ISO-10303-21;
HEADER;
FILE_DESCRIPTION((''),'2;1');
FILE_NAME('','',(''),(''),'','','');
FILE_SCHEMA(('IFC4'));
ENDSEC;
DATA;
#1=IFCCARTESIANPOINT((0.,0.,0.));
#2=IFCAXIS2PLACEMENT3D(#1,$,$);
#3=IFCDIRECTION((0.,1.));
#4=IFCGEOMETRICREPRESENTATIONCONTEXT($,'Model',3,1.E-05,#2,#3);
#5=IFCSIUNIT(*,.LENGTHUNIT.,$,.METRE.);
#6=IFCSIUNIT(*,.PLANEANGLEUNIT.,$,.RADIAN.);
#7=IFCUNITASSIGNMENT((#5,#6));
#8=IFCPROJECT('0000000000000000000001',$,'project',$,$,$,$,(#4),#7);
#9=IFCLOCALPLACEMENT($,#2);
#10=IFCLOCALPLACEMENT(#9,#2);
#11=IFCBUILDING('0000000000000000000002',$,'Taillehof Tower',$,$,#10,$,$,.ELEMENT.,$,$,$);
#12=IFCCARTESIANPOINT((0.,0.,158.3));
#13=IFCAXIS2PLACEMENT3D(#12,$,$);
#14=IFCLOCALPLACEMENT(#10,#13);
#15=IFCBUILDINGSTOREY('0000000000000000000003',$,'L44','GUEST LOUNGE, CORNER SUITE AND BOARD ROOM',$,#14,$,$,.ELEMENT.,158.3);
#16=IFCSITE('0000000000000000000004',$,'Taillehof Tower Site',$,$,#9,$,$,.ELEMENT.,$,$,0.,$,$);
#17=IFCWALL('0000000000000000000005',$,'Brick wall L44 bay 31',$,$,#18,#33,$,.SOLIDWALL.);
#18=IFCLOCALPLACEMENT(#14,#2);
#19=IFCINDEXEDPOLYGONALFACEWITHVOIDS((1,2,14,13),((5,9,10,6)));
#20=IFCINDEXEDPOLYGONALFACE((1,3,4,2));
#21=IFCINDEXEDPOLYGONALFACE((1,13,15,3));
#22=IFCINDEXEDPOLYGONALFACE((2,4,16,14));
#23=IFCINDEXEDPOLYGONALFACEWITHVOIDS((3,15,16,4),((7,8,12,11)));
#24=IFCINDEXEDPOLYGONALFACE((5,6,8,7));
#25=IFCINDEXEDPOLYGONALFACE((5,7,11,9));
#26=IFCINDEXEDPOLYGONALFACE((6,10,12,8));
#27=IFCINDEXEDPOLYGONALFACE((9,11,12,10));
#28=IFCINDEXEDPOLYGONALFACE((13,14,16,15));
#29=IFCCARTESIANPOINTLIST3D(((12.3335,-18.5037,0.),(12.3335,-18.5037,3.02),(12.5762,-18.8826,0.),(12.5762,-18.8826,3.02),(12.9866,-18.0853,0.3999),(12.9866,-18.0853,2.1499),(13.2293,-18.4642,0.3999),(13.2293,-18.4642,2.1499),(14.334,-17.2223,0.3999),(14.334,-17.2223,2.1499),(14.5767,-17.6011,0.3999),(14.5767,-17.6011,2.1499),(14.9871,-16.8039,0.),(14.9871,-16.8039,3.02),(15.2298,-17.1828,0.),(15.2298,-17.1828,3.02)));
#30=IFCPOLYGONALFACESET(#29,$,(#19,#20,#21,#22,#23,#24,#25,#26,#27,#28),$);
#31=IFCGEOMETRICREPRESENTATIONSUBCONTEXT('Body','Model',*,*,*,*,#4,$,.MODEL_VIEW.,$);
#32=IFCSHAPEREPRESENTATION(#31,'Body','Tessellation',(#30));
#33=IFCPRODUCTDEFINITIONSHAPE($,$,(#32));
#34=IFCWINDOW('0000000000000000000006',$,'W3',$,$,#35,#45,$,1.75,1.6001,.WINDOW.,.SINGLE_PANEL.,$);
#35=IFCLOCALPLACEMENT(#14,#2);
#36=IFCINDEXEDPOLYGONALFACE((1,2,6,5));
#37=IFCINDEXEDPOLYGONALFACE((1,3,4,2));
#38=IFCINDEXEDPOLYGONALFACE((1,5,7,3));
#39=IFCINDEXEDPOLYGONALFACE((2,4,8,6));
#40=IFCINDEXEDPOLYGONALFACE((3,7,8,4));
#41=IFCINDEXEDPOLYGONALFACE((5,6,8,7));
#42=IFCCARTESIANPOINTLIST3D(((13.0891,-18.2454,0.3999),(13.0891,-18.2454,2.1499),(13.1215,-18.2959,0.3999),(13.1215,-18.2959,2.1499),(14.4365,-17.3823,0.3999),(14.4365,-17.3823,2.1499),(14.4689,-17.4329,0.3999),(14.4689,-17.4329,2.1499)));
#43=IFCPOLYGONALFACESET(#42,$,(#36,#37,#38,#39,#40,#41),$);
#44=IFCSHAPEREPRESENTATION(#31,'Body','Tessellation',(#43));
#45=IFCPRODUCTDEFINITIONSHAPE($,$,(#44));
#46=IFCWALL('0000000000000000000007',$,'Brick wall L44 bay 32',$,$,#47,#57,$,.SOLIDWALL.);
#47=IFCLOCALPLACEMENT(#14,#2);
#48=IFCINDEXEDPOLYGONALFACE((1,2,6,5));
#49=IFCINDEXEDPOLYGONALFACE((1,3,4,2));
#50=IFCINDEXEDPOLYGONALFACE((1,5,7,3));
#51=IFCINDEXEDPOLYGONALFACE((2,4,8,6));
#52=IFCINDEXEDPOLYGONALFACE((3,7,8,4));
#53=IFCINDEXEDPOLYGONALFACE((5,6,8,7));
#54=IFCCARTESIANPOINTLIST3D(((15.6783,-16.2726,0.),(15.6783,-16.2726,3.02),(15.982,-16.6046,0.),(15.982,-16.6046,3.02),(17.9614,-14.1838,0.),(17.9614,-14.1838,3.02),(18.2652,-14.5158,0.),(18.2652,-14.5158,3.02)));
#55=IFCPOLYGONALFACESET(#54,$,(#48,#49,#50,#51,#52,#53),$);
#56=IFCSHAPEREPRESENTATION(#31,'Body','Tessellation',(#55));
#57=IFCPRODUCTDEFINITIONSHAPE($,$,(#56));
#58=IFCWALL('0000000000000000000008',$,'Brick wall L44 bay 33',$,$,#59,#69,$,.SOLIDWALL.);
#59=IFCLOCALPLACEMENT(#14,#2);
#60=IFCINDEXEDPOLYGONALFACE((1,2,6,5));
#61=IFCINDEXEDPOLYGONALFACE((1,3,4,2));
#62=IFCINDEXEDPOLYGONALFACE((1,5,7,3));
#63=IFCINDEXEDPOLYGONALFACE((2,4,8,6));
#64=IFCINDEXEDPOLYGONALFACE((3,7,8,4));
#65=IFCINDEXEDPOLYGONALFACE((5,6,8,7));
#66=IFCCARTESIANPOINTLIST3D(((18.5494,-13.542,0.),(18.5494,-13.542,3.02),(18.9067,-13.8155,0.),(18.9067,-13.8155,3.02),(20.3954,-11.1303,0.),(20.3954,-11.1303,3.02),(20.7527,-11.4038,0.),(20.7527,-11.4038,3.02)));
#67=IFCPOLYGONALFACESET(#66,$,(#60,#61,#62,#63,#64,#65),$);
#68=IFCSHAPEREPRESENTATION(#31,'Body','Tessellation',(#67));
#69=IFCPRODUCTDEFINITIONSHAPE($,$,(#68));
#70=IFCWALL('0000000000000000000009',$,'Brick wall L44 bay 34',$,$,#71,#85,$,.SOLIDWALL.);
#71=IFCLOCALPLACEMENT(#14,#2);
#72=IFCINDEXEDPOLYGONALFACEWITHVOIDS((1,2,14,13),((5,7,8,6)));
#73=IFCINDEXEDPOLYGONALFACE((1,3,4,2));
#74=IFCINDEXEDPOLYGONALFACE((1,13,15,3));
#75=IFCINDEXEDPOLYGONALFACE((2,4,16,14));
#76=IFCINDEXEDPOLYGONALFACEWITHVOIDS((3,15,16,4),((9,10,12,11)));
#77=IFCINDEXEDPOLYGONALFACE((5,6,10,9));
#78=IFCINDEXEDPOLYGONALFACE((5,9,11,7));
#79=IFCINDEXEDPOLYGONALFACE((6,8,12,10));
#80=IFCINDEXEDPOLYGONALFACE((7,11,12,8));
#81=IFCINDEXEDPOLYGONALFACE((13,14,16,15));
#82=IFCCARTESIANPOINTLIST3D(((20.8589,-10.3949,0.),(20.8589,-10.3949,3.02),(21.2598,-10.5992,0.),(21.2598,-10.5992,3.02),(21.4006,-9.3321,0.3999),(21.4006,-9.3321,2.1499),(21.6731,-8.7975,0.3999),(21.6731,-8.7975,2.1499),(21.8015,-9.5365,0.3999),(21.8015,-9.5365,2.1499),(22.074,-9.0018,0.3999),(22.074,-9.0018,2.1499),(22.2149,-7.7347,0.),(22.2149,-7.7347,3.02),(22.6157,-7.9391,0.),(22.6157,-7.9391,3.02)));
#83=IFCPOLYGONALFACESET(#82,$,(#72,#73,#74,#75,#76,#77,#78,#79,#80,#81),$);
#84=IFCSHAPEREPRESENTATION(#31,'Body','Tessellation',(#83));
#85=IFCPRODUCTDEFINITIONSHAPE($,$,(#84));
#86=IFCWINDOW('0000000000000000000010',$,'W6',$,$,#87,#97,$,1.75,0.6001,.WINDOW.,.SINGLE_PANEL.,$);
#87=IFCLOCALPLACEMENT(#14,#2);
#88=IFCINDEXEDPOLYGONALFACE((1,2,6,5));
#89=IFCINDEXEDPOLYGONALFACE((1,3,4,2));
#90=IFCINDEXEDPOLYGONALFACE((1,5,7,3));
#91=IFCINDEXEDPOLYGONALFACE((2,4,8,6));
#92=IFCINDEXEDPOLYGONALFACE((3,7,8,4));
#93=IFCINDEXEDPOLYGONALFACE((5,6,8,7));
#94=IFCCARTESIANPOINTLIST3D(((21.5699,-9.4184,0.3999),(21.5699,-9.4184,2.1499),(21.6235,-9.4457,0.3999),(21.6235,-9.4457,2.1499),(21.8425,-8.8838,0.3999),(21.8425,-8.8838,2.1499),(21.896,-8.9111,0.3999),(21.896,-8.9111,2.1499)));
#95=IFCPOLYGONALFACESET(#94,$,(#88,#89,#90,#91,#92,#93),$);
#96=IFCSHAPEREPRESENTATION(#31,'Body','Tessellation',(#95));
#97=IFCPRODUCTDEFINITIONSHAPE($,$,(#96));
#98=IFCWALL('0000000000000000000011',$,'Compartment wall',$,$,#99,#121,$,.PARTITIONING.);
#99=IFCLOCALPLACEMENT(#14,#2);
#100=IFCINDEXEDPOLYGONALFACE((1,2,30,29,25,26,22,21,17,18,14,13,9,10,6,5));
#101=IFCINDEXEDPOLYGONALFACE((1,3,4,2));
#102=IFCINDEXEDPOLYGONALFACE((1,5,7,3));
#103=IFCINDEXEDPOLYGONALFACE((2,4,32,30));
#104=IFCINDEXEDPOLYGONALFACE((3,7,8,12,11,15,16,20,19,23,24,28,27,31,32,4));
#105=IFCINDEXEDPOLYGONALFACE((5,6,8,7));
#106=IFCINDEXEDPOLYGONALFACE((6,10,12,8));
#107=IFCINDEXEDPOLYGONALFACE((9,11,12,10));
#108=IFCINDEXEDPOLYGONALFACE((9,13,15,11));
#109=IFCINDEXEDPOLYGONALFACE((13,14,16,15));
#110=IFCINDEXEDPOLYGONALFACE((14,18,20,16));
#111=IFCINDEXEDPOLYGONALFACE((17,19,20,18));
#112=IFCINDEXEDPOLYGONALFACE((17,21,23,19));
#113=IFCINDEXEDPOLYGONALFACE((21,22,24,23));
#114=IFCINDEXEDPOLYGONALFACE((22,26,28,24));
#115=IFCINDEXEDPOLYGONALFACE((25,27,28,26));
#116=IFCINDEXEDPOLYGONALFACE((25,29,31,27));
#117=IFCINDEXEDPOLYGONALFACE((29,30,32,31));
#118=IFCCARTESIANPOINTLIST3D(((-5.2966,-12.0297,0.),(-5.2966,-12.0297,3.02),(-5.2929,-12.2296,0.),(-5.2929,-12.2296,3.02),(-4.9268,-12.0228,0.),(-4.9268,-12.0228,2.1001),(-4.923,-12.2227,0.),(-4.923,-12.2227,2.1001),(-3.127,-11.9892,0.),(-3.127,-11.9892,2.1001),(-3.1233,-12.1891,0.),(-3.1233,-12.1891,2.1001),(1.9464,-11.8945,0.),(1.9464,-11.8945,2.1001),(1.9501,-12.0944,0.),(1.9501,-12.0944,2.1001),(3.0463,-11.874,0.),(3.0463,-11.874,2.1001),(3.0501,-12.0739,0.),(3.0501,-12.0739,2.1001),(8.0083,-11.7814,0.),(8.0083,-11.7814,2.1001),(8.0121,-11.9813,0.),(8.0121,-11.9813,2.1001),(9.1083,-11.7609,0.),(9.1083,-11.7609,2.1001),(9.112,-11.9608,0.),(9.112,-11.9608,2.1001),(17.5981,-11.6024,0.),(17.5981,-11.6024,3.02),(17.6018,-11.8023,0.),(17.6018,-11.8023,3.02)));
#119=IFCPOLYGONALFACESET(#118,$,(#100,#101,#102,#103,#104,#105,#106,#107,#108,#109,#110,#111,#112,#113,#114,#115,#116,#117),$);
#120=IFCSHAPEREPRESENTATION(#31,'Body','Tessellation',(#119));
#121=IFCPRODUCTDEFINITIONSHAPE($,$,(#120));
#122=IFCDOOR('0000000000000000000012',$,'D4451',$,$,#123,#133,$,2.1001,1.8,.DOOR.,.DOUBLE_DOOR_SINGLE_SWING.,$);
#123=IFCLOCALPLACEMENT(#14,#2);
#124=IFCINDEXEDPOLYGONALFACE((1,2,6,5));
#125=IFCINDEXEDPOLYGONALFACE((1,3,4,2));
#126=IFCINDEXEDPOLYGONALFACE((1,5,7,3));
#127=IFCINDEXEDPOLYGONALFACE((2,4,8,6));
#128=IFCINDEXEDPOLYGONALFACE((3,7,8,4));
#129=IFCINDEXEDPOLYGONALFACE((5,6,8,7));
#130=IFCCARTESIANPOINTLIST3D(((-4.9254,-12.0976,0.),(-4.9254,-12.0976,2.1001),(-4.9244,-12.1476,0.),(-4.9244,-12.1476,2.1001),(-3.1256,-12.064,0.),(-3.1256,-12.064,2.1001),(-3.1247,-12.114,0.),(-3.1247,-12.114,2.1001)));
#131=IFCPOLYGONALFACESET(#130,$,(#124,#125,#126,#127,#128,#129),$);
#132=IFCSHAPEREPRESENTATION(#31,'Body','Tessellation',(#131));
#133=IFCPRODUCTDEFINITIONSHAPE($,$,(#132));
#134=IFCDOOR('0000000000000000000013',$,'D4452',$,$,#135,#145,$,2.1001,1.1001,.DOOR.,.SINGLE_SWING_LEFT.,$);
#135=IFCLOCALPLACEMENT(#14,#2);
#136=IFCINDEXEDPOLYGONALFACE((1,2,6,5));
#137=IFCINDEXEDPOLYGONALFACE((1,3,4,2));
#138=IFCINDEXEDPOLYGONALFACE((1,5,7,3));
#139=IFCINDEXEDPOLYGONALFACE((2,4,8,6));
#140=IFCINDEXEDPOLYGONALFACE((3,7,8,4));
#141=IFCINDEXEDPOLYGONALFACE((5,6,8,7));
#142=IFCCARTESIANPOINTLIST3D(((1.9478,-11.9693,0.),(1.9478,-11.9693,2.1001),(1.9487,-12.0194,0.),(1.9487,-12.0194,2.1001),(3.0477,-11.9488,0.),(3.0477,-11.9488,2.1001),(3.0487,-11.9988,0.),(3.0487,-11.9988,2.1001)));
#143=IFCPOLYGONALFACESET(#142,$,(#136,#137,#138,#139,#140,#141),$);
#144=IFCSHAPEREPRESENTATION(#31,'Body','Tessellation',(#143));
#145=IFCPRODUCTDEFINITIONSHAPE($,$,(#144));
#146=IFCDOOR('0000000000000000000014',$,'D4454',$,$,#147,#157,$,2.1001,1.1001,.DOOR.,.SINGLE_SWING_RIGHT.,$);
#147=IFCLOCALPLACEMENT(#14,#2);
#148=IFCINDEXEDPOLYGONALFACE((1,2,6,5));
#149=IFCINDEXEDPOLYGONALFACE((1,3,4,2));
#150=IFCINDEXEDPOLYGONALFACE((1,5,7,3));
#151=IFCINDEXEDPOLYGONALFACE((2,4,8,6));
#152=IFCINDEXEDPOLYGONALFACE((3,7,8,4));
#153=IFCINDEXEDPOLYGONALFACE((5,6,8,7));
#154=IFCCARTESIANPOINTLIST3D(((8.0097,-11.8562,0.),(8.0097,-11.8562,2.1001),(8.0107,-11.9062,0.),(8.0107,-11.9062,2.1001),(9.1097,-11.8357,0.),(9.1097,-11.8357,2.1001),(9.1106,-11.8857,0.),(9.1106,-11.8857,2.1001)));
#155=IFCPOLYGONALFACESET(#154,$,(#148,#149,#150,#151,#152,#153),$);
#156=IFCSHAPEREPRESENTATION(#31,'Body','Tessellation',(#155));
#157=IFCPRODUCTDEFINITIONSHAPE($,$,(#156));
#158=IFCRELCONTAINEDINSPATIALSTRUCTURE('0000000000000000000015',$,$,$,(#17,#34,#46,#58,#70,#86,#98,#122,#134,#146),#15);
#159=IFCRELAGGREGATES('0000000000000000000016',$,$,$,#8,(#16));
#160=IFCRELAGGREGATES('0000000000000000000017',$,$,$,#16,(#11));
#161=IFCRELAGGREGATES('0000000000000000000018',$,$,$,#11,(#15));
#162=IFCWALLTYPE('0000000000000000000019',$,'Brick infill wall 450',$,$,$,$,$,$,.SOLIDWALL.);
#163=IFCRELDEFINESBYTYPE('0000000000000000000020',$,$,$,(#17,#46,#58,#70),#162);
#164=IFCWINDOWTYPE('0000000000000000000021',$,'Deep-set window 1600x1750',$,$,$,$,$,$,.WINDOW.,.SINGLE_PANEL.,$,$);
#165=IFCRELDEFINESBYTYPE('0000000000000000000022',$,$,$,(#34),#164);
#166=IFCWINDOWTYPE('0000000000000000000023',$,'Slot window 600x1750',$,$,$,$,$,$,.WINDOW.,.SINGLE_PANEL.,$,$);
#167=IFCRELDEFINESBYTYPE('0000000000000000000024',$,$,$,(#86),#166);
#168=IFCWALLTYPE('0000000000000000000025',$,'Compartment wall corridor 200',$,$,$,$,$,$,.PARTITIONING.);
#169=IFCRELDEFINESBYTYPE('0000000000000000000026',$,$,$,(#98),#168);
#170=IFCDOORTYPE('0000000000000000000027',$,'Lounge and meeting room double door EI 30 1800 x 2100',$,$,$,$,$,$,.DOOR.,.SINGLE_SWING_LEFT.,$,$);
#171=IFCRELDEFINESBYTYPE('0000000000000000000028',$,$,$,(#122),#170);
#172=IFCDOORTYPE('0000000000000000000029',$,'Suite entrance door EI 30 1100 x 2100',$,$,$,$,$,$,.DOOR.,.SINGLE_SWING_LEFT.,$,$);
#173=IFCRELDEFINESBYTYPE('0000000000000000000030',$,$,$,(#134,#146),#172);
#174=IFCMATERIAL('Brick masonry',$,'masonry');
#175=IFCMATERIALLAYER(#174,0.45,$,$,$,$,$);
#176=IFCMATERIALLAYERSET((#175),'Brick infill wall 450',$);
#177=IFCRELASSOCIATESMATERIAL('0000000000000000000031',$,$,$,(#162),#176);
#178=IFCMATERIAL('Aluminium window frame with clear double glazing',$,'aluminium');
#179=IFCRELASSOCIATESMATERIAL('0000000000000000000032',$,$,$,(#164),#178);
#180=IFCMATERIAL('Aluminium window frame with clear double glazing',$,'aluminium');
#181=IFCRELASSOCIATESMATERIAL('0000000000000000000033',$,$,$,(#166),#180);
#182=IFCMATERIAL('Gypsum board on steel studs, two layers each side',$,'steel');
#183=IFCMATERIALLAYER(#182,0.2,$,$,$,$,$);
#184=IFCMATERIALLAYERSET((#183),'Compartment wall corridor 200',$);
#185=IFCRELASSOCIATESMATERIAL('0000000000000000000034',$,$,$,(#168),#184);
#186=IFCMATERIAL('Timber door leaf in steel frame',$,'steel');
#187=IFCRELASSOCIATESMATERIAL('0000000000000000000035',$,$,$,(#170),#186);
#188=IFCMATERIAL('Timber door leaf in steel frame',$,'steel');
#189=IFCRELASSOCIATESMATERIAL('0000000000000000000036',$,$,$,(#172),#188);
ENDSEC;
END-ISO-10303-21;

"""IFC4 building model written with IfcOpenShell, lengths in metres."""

from ifc_helpers import new_model, si_unit, direction, frame, frame_2d, origin, place, context, subcontext, project, spatial, rectangle, extrude, material, layer, layer_set, type_object, element, fill, save


model = new_model("IFC4")

# Units and contexts
model_context = context("Model", 3, precision=1e-05, world=origin(), true_north=direction((0.0, 1.0)))
body_context = subcontext(model_context, "Body", "Model", "MODEL_VIEW")
ifc_project = project(units=[si_unit("LENGTHUNIT", "METRE"), si_unit("PLANEANGLEUNIT", "RADIAN")], contexts=[model_context])

# Site, building, storey
site_placement = place(None, origin())
site = spatial("IfcSite", under=ifc_project, at=site_placement, Name="Taillehof Tower Site", CompositionType="ELEMENT", RefElevation=0.0)
building_placement = place(site_placement, origin())
building = spatial("IfcBuilding", under=site, at=building_placement, Name="Taillehof Tower", CompositionType="ELEMENT")
storey_placement = place(building_placement, frame((0.0, 0.0, 158.3)))
storey = spatial("IfcBuildingStorey", under=building, at=storey_placement, Name="L44", Description="GUEST LOUNGE, CORNER SUITE AND BOARD ROOM", CompositionType="ELEMENT", Elevation=158.3)

# Wall, opening, window
ifc_material_1 = material(Name="Brick masonry", Category="masonry")
ifc_layer_1 = layer(ifc_material_1, 0.45)
ifc_layer_set_1 = layer_set([ifc_layer_1], Name="Brick infill wall 450")
wall_type_1 = type_object("IfcWallType", Name="Brick infill wall 450", PredefinedType="SOLIDWALL", material=ifc_layer_set_1)
ifc_material_2 = material(Name="Aluminium window frame with clear double glazing", Category="aluminium")
window_type_1 = type_object("IfcWindowType", Name="Deep-set window 1600x1750", PartitioningType="SINGLE_PANEL", PredefinedType="WINDOW", material=ifc_material_2)
wall_1_placement = place(storey_placement, frame((12.4548, -18.6931, 0.0), z_axis=(0.0, 0.0, 1.0), x_axis=(0.842066, 0.539375, 0.0)))
wall_1 = element("IfcWall", 1, at=wall_1_placement, inside=storey, type_object=wall_type_1, Name="Brick wall L44 bay 31", PredefinedType="SOLIDWALL", context=body_context, shape_type="SweptSolid", body=[
    extrude(rectangle(XDim=3.1514, YDim=0.45, at=frame_2d((1.5757, 0.0))), origin(), (0.0, 0.0, 1.0), 3.02),
])
opening_1_placement = place(wall_1_placement, frame((0.7756, 0.0, 0.3999)))
opening_1 = element("IfcOpeningElement", 2, at=opening_1_placement, cuts=wall_1, PredefinedType="OPENING", context=body_context, shape_type="SweptSolid", body=[
    extrude(rectangle(XDim=1.6001, YDim=1.75, at=frame_2d((0.8, 0.875))), frame((0.0, 0.2349, 0.0), z_axis=(0.0, -1.0, 0.0), x_axis=(1.0, 0.0, 0.0)), (0.0, 0.0, 1.0), 0.47),
])
window_1_placement = place(opening_1_placement, origin())
window_1 = element("IfcWindow", 3, at=window_1_placement, inside=storey, type_object=window_type_1, Name="W3", OverallHeight=1.75, OverallWidth=1.6001, PartitioningType="SINGLE_PANEL", PredefinedType="WINDOW", context=body_context, shape_type="SweptSolid", body=[
    extrude(rectangle(XDim=1.6001, YDim=1.75, at=frame_2d((0.8, 0.875))), frame((0.0, 0.0349, 0.0), z_axis=(0.0, -1.0, 0.0), x_axis=(1.0, 0.0, 0.0)), (0.0, 0.0, 1.0), 0.0601),
])
fill(opening_1, window_1)

# Walls
wall_2_placement = place(storey_placement, frame((15.8301, -16.4387, 0.0), z_axis=(0.0, 0.0, 1.0), x_axis=(0.737809, 0.67501, 0.0)))
element("IfcWall", 4, at=wall_2_placement, inside=storey, type_object=wall_type_1, Name="Brick wall L44 bay 32", PredefinedType="SOLIDWALL", context=body_context, shape_type="SweptSolid", body=[
    extrude(rectangle(XDim=3.0945, YDim=0.45, at=frame_2d((1.5474, 0.0))), origin(), (0.0, 0.0, 1.0), 3.02),
])
wall_3_placement = place(storey_placement, frame((18.728, -13.6787, 0.0), z_axis=(0.0, 0.0, 1.0), x_axis=(0.607817, 0.794077, 0.0)))
element("IfcWall", 5, at=wall_3_placement, inside=storey, type_object=wall_type_1, Name="Brick wall L44 bay 33", PredefinedType="SOLIDWALL", context=body_context, shape_type="SweptSolid", body=[
    extrude(rectangle(XDim=3.0371, YDim=0.45, at=frame_2d((1.5186, 0.0))), origin(), (0.0, 0.0, 1.0), 3.02),
])

# Wall, opening, window
wall_4_placement = place(storey_placement, frame((21.0593, -10.4971, 0.0), z_axis=(0.0, 0.0, 1.0), x_axis=(0.454134, 0.890933, 0.0)))
wall_4 = element("IfcWall", 6, at=wall_4_placement, inside=storey, type_object=wall_type_1, Name="Brick wall L44 bay 34", PredefinedType="SOLIDWALL", context=body_context, shape_type="SweptSolid", body=[
    extrude(rectangle(XDim=2.9858, YDim=0.45, at=frame_2d((1.4929, 0.0))), origin(), (0.0, 0.0, 1.0), 3.02),
])
opening_2_placement = place(wall_4_placement, frame((1.1929, 0.0, 0.3999)))
opening_2 = element("IfcOpeningElement", 7, at=opening_2_placement, cuts=wall_4, PredefinedType="OPENING", context=body_context, shape_type="SweptSolid", body=[
    extrude(rectangle(XDim=0.6001, YDim=1.75, at=frame_2d((0.3, 0.875))), frame((0.0, 0.2349, 0.0), z_axis=(0.0, -1.0, 0.0), x_axis=(1.0, 0.0, 0.0)), (0.0, 0.0, 1.0), 0.47),
])
ifc_material_3 = material(Name="Aluminium window frame with clear double glazing", Category="aluminium")
window_type_2 = type_object("IfcWindowType", Name="Slot window 600x1750", PartitioningType="SINGLE_PANEL", PredefinedType="WINDOW", material=ifc_material_3)
window_2_placement = place(opening_2_placement, origin())
window_2 = element("IfcWindow", 8, at=window_2_placement, inside=storey, type_object=window_type_2, Name="W6", OverallHeight=1.75, OverallWidth=0.6001, PartitioningType="SINGLE_PANEL", PredefinedType="WINDOW", context=body_context, shape_type="SweptSolid", body=[
    extrude(rectangle(XDim=0.6001, YDim=1.75, at=frame_2d((0.3, 0.875))), frame((0.0, 0.0349, 0.0), z_axis=(0.0, -1.0, 0.0), x_axis=(1.0, 0.0, 0.0)), (0.0, 0.0, 1.0), 0.0601),
])
fill(opening_2, window_2)

# Wall, openings, doors
ifc_material_4 = material(Name="Gypsum board on steel studs, two layers each side", Category="steel")
ifc_layer_2 = layer(ifc_material_4, 0.2)
ifc_layer_set_2 = layer_set([ifc_layer_2], Name="Compartment wall corridor 200")
wall_type_2 = type_object("IfcWallType", Name="Compartment wall corridor 200", PredefinedType="PARTITIONING", material=ifc_layer_set_2)
wall_5_placement = place(storey_placement, frame((17.5999, -11.7024, 0.0), z_axis=(0.0, 0.0, 1.0), x_axis=(-0.999826, -0.018658, 0.0)))
wall_5 = element("IfcWall", 9, at=wall_5_placement, inside=storey, type_object=wall_type_2, Name="Compartment wall", PredefinedType="PARTITIONING", context=body_context, shape_type="SweptSolid", body=[
    extrude(rectangle(XDim=22.8987, YDim=0.2, at=frame_2d((11.4492, 0.0))), origin(), (0.0, 0.0, 1.0), 3.02),
])
opening_3_placement = place(wall_5_placement, frame((20.7288, 0.0, 0.0)))
opening_3 = element("IfcOpeningElement", 10, at=opening_3_placement, cuts=wall_5, PredefinedType="OPENING", context=body_context, shape_type="SweptSolid", body=[
    extrude(rectangle(XDim=1.8, YDim=2.1001, at=frame_2d((0.8999, 1.05))), frame((0.0, 0.1099, 0.0), z_axis=(0.0, -1.0, 0.0), x_axis=(1.0, 0.0, 0.0)), (0.0, 0.0, 1.0), 0.22),
])
opening_4_placement = place(wall_5_placement, frame((14.5542, 0.0, 0.0)))
opening_4 = element("IfcOpeningElement", 11, at=opening_4_placement, cuts=wall_5, PredefinedType="OPENING", context=body_context, shape_type="SweptSolid", body=[
    extrude(rectangle(XDim=1.1001, YDim=2.1001, at=frame_2d((0.55, 1.05))), frame((0.0, 0.1099, 0.0), z_axis=(0.0, -1.0, 0.0), x_axis=(1.0, 0.0, 0.0)), (0.0, 0.0, 1.0), 0.22),
])
opening_5_placement = place(wall_5_placement, frame((8.4912, 0.0, 0.0)))
opening_5 = element("IfcOpeningElement", 12, at=opening_5_placement, cuts=wall_5, PredefinedType="OPENING", context=body_context, shape_type="SweptSolid", body=[
    extrude(rectangle(XDim=1.1001, YDim=2.1001, at=frame_2d((0.55, 1.05))), frame((0.0, 0.1099, 0.0), z_axis=(0.0, -1.0, 0.0), x_axis=(1.0, 0.0, 0.0)), (0.0, 0.0, 1.0), 0.22),
])
ifc_material_5 = material(Name="Timber door leaf in steel frame", Category="steel")
door_type_1 = type_object("IfcDoorType", Name="Lounge and meeting room double door EI 30 1800 x 2100", OperationType="SINGLE_SWING_LEFT", PredefinedType="DOOR", material=ifc_material_5)
door_1_placement = place(opening_3_placement, origin())
door_1 = element("IfcDoor", 13, at=door_1_placement, inside=storey, type_object=door_type_1, Name="D4451", OperationType="DOUBLE_DOOR_SINGLE_SWING", OverallHeight=2.1001, OverallWidth=1.8, PredefinedType="DOOR", context=body_context, shape_type="SweptSolid", body=[
    extrude(rectangle(XDim=1.8, YDim=2.1001, at=frame_2d((0.8999, 1.05))), frame((0.0, 0.0249, 0.0), z_axis=(0.0, -1.0, 0.0), x_axis=(1.0, 0.0, 0.0)), (0.0, 0.0, 1.0), 0.05),
])
fill(opening_3, door_1)
ifc_material_6 = material(Name="Timber door leaf in steel frame", Category="steel")
door_type_2 = type_object("IfcDoorType", Name="Suite entrance door EI 30 1100 x 2100", OperationType="SINGLE_SWING_LEFT", PredefinedType="DOOR", material=ifc_material_6)
door_2_placement = place(opening_4_placement, origin())
door_2 = element("IfcDoor", 14, at=door_2_placement, inside=storey, type_object=door_type_2, Name="D4452", OperationType="SINGLE_SWING_LEFT", OverallHeight=2.1001, OverallWidth=1.1001, PredefinedType="DOOR", context=body_context, shape_type="SweptSolid", body=[
    extrude(rectangle(XDim=1.1001, YDim=2.1001, at=frame_2d((0.55, 1.05))), frame((0.0, 0.0249, 0.0), z_axis=(0.0, -1.0, 0.0), x_axis=(1.0, 0.0, 0.0)), (0.0, 0.0, 1.0), 0.05),
])
fill(opening_4, door_2)
door_3_placement = place(opening_5_placement, origin())
door_3 = element("IfcDoor", 15, at=door_3_placement, inside=storey, type_object=door_type_2, Name="D4454", OperationType="SINGLE_SWING_RIGHT", OverallHeight=2.1001, OverallWidth=1.1001, PredefinedType="DOOR", context=body_context, shape_type="SweptSolid", body=[
    extrude(rectangle(XDim=1.1001, YDim=2.1001, at=frame_2d((0.55, 1.05))), frame((0.0, 0.0249, 0.0), z_axis=(0.0, -1.0, 0.0), x_axis=(1.0, 0.0, 0.0)), (0.0, 0.0, 1.0), 0.05),
])
fill(opening_5, door_3)

save(model, "model.ifc")
